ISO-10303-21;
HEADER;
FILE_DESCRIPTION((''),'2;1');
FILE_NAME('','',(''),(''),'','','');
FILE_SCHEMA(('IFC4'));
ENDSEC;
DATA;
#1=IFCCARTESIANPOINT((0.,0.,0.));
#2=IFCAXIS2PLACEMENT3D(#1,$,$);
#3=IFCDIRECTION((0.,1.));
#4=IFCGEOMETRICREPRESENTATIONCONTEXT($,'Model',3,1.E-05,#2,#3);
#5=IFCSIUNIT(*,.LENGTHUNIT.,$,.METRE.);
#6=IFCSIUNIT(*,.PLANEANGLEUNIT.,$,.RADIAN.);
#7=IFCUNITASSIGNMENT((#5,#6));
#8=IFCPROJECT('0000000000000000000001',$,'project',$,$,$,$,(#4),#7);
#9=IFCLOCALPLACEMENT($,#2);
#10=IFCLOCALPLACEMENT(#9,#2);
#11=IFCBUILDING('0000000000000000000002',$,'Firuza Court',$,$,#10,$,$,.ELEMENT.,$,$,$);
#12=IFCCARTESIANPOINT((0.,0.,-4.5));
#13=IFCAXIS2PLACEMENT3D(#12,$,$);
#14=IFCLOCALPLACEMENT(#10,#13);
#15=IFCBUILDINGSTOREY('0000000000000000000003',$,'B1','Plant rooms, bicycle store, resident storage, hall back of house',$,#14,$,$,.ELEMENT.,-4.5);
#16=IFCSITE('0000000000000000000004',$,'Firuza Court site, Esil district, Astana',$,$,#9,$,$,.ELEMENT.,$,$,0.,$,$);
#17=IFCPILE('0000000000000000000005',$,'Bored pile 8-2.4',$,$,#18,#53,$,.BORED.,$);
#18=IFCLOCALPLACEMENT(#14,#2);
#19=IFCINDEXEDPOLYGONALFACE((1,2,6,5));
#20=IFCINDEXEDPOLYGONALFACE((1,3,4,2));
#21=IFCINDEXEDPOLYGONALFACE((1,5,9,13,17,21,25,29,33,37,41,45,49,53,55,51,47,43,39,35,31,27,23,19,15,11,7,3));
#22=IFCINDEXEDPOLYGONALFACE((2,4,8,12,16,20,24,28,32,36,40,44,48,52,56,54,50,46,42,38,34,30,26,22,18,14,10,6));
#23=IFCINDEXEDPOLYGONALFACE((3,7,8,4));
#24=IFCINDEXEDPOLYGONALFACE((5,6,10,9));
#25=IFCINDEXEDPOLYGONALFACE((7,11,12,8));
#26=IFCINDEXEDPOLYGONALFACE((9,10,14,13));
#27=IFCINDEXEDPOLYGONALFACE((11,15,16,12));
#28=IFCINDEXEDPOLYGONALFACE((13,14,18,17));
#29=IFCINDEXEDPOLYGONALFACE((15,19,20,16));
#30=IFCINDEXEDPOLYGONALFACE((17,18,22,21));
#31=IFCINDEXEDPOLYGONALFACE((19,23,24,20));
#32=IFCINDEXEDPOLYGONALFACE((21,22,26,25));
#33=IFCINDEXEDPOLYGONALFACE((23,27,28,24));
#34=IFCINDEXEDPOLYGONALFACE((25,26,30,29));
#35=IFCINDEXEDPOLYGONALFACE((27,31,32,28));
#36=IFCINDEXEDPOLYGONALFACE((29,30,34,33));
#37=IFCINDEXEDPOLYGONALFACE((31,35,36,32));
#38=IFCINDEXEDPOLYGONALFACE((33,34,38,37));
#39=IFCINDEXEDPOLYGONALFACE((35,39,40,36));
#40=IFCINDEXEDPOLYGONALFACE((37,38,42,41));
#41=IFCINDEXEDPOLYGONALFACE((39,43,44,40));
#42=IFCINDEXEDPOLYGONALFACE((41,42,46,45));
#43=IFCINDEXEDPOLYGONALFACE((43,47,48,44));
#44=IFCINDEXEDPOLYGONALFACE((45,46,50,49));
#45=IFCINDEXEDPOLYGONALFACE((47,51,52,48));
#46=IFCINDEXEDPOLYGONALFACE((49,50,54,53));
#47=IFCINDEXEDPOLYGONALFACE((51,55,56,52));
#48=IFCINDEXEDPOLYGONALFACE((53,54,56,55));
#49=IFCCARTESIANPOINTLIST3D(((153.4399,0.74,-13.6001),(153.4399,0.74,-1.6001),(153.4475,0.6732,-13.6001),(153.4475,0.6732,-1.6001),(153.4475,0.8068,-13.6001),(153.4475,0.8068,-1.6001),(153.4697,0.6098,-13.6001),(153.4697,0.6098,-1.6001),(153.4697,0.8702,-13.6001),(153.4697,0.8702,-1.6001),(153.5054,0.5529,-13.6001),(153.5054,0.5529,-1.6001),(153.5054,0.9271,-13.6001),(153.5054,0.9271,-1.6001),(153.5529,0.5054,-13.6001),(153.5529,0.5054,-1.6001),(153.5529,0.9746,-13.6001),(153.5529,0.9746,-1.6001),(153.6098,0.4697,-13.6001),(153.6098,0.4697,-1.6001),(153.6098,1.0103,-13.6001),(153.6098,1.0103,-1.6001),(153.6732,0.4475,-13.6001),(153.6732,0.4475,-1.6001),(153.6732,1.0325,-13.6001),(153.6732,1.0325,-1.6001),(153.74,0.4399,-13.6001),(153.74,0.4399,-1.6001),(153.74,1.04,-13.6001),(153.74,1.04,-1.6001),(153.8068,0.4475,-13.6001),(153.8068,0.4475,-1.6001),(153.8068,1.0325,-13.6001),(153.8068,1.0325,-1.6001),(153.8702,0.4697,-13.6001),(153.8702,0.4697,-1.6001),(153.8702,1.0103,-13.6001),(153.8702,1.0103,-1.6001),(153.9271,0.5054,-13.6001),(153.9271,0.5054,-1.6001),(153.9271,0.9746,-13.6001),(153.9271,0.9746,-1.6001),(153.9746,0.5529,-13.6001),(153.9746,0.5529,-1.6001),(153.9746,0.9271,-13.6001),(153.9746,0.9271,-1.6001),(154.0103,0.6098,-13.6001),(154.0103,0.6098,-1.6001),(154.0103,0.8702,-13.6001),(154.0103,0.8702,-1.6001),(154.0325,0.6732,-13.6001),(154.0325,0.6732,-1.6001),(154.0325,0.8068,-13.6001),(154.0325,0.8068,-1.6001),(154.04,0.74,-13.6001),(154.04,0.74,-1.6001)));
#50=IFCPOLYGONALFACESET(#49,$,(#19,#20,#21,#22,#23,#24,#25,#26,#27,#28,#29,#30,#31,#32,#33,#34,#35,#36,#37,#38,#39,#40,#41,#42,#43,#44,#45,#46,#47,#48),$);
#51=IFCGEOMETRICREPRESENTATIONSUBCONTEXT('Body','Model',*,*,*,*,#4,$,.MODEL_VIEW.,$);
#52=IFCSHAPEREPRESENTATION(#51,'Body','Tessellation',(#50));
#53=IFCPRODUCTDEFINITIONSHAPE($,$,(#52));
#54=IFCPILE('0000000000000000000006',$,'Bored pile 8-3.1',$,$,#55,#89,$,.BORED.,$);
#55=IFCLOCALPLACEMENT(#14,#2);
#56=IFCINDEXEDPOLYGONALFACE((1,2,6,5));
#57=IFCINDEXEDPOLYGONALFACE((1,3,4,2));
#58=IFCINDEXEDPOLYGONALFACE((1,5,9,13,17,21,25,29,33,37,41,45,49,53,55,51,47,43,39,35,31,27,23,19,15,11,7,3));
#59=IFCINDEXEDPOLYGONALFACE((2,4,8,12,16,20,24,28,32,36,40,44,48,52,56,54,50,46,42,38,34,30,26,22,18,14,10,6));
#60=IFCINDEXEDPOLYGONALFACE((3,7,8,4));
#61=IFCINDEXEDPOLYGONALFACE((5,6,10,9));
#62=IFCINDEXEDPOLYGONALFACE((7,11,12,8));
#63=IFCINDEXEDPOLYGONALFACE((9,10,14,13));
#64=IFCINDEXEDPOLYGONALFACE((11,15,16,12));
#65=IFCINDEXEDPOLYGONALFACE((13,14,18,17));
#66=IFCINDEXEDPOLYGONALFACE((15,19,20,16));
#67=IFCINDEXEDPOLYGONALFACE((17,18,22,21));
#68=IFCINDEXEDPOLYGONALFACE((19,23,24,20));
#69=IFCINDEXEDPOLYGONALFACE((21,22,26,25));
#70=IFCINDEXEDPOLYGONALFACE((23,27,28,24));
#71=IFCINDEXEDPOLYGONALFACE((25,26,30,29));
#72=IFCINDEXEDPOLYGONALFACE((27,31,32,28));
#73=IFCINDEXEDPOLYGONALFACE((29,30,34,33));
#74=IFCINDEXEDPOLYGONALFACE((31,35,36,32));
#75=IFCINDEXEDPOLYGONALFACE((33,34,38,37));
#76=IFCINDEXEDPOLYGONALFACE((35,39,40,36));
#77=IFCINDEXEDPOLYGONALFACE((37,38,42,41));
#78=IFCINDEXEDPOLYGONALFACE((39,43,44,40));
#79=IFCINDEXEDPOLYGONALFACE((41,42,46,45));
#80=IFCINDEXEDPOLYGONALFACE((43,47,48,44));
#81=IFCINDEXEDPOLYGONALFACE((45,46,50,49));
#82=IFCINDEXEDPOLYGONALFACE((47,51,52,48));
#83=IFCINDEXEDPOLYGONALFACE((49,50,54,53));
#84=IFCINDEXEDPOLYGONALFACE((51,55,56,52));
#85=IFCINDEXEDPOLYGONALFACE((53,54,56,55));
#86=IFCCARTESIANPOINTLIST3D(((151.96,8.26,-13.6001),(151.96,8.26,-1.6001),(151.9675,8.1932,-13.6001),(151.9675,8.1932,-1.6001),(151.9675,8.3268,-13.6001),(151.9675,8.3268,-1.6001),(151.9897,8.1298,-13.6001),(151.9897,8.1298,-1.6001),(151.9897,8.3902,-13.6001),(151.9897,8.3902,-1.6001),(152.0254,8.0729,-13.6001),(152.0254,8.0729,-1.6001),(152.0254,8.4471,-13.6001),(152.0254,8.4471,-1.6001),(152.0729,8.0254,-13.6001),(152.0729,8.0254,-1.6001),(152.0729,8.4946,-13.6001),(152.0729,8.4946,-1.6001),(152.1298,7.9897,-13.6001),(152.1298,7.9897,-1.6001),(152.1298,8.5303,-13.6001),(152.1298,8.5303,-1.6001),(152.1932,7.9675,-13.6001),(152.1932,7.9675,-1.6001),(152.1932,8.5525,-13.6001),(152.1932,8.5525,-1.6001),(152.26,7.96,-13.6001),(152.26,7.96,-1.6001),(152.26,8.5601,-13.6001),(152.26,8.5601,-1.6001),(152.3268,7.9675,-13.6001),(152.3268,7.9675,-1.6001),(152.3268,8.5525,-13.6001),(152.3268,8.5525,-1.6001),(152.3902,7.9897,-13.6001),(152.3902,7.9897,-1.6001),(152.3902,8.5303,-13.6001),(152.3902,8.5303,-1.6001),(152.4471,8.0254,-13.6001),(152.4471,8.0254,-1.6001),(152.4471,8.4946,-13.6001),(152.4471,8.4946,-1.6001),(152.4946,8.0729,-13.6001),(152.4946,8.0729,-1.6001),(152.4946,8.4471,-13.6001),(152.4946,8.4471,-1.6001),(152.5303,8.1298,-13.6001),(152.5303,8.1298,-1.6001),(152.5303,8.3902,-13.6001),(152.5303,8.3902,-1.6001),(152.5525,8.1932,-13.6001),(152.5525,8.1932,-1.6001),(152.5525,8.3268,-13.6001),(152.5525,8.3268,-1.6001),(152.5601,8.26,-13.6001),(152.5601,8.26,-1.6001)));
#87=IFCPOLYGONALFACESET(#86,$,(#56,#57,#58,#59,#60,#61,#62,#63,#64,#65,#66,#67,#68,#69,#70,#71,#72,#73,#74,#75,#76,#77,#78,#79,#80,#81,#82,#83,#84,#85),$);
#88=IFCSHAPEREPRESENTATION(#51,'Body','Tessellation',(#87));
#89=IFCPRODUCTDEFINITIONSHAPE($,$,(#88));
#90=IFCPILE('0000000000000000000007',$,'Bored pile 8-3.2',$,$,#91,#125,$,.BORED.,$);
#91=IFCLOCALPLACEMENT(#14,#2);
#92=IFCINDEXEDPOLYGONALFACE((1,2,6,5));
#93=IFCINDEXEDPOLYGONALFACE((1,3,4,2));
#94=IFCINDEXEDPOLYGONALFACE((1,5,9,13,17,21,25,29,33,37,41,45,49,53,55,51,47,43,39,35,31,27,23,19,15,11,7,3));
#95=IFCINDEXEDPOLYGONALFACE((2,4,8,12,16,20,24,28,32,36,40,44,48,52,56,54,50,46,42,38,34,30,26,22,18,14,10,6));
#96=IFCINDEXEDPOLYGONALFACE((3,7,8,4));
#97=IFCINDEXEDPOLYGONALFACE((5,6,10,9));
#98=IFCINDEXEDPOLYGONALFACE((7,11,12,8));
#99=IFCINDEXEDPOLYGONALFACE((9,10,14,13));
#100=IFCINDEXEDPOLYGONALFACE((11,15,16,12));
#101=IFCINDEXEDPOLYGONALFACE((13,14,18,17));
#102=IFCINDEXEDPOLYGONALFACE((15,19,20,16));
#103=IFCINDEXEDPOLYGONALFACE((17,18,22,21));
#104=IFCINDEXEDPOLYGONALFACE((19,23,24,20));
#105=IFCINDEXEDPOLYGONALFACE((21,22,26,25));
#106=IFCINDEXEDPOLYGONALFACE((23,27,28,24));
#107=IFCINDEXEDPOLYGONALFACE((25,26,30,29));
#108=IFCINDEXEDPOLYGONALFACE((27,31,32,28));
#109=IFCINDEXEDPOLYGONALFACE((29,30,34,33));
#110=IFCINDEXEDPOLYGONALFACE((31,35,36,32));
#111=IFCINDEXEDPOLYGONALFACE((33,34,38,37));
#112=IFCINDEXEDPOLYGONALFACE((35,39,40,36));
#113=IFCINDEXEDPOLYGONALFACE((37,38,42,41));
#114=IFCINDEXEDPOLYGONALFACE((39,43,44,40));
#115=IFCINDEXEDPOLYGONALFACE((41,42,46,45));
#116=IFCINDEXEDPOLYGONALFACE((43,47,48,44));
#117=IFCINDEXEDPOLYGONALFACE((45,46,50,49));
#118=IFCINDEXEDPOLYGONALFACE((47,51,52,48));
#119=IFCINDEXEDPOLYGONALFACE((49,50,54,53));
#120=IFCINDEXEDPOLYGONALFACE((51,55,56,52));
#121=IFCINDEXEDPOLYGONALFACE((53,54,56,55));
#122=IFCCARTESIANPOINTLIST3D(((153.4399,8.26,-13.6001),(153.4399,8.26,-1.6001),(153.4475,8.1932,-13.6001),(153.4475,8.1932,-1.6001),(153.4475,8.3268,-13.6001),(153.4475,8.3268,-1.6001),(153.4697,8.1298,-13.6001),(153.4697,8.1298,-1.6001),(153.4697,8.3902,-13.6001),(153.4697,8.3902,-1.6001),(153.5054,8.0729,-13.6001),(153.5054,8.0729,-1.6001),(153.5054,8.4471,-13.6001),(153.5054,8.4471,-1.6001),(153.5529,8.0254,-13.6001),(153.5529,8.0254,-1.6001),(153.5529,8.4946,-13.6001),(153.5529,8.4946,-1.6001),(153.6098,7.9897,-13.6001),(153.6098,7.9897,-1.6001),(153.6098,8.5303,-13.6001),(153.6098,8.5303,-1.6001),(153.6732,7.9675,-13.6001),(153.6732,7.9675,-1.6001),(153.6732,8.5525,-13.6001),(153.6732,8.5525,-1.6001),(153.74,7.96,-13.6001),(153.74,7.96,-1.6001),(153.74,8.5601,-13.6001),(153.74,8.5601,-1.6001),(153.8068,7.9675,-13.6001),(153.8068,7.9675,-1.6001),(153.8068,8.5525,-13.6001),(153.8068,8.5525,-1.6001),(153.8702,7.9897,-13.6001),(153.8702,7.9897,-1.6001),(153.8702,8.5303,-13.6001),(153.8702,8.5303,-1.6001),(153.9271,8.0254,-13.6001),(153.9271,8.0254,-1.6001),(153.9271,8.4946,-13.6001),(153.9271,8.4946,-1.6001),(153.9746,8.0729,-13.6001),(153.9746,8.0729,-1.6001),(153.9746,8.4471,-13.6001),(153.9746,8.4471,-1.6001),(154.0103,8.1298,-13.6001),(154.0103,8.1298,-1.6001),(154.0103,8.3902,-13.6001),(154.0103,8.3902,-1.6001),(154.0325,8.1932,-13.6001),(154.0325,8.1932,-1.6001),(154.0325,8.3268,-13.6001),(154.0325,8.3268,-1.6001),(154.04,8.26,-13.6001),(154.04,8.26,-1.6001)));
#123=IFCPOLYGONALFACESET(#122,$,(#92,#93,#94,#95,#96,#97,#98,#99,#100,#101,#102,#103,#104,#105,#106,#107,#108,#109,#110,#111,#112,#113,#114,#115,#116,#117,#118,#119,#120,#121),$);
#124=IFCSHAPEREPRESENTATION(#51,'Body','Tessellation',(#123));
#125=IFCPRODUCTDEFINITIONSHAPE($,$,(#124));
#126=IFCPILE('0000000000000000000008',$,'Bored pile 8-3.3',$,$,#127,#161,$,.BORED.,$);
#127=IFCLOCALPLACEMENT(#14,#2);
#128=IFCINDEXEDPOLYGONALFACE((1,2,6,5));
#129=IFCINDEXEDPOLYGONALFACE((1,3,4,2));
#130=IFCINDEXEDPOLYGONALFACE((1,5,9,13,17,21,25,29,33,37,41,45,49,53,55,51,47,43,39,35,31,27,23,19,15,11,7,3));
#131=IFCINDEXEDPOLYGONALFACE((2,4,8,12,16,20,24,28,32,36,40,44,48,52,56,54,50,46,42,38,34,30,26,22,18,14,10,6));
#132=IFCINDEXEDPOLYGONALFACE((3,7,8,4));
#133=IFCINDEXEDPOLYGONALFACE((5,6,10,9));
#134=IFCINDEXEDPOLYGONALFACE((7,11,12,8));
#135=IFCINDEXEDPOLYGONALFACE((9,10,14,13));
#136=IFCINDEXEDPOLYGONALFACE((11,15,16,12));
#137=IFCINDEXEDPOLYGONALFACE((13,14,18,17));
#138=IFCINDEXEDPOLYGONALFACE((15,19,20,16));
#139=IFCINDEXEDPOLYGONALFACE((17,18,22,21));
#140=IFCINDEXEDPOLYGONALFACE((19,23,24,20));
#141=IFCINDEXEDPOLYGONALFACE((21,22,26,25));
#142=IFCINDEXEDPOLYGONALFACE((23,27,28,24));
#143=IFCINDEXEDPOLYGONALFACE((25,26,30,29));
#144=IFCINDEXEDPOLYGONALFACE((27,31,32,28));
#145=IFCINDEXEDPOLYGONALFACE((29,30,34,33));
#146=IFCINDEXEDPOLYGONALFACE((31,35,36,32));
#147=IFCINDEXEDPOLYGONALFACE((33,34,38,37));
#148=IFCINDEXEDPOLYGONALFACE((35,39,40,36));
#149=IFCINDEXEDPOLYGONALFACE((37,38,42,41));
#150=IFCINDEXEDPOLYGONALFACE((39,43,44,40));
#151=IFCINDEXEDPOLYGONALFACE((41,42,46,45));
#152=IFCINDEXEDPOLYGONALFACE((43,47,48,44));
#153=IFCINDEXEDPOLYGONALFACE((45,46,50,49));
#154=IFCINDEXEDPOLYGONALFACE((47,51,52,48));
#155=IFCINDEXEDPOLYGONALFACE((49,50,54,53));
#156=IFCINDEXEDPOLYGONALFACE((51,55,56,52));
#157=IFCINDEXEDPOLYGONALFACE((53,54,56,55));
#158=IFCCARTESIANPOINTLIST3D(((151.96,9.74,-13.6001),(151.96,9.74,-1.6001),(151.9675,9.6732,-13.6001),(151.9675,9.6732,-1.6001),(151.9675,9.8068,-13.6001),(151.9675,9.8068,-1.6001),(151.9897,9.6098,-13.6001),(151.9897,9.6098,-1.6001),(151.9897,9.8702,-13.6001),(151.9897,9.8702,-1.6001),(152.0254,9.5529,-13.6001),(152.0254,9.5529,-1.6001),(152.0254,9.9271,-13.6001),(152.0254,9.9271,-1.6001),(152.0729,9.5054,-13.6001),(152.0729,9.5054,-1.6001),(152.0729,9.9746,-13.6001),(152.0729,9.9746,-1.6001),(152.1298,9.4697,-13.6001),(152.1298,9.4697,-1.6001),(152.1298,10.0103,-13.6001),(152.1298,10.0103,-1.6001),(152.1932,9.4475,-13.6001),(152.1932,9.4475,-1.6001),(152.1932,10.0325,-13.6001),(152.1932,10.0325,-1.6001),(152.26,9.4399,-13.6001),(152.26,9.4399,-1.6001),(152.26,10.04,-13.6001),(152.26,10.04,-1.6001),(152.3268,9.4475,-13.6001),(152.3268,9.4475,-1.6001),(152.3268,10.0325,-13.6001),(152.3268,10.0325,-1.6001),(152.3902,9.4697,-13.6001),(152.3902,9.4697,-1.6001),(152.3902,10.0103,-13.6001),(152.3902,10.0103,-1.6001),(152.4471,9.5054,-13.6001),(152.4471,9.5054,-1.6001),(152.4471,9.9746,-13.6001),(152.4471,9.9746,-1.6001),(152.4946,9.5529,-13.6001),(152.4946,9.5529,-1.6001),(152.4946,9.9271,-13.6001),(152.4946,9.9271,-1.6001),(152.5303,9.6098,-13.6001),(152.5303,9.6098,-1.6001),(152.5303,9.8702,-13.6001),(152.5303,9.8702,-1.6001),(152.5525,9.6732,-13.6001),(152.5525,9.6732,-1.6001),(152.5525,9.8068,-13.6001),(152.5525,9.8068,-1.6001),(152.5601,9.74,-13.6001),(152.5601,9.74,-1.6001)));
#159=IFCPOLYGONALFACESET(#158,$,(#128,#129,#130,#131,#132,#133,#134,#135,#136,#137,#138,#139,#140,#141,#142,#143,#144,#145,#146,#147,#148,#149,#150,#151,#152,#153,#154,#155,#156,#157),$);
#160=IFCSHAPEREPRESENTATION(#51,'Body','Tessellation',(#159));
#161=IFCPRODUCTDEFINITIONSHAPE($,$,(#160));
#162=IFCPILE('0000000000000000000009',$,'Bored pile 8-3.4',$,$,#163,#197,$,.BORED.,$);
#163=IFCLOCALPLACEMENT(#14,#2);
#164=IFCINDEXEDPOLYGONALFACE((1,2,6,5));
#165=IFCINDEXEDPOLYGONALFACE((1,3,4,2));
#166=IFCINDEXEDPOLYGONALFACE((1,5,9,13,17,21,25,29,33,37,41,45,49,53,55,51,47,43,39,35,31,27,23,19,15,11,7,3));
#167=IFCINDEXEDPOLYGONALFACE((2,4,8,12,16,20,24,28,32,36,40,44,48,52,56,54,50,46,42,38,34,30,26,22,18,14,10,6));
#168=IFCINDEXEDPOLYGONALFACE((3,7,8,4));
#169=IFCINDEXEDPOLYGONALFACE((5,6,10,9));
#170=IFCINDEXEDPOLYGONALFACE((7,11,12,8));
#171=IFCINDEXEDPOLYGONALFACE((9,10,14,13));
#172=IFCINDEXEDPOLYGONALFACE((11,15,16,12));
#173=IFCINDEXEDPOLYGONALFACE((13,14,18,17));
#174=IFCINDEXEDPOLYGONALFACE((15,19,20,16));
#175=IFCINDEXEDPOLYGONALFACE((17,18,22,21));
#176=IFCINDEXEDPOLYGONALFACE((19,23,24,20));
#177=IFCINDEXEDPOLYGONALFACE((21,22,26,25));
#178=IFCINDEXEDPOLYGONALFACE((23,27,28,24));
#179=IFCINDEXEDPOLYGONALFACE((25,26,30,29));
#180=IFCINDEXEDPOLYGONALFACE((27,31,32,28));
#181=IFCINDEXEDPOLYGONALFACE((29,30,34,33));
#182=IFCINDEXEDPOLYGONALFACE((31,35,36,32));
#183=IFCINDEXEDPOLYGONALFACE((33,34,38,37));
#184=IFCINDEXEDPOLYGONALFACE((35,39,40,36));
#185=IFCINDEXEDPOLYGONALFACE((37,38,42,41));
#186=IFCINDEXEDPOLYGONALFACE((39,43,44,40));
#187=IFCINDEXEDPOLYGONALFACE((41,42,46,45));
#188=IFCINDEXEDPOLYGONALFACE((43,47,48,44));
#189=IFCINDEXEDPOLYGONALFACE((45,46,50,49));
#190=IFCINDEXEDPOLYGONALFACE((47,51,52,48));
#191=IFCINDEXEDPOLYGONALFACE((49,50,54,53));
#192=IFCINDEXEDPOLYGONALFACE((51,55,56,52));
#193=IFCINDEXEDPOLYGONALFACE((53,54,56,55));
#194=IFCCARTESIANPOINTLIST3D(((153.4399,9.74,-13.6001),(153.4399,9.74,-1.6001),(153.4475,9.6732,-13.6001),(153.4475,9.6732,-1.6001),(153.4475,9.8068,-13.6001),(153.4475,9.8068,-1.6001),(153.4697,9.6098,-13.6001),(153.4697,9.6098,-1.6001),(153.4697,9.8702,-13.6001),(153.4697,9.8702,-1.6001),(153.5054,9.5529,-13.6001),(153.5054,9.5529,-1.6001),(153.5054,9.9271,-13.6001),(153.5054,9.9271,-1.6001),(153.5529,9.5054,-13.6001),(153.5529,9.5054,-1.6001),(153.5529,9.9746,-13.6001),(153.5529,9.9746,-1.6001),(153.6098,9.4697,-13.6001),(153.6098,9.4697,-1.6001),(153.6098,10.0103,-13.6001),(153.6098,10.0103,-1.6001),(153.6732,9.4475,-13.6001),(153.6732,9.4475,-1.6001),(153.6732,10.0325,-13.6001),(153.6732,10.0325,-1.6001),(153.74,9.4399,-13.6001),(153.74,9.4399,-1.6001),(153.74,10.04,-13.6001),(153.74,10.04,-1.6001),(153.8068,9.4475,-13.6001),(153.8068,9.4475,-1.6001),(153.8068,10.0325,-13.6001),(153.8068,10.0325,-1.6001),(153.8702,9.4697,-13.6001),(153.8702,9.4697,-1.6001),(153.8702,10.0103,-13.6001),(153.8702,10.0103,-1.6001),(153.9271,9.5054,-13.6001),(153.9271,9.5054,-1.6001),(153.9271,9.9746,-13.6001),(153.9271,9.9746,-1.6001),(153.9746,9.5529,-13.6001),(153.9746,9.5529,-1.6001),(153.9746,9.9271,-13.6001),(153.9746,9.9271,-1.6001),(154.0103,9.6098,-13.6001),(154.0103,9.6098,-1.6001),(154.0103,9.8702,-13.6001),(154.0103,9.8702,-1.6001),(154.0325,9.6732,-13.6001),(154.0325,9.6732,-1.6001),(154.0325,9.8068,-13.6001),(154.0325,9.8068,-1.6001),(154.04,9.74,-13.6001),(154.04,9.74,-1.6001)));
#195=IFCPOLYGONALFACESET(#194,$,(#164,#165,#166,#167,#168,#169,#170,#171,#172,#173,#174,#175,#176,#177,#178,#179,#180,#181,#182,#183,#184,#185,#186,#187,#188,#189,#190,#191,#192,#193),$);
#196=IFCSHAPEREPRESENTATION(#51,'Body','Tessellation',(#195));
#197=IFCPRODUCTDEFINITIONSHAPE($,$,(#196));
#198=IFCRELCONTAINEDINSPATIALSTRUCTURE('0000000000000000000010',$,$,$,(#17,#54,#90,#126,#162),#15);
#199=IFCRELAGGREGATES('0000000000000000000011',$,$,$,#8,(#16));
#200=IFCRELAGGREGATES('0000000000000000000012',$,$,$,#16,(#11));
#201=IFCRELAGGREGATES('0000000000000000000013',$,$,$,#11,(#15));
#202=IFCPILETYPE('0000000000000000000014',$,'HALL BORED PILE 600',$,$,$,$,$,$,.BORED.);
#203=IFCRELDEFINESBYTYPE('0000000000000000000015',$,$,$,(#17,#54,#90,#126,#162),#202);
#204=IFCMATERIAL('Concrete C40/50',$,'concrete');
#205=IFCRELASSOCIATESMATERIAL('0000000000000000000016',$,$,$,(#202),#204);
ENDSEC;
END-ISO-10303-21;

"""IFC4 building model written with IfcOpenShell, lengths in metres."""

from ifc_helpers import new_model, si_unit, direction, frame, origin, origin_2d, place, context, subcontext, project, spatial, circle, extrude, material, material_profile, profile_set, type_object, element, save


model = new_model("IFC4")

# Units and contexts
model_context = context("Model", 3, precision=1e-05, world=origin(), true_north=direction((0.0, 1.0)))
body_context = subcontext(model_context, "Body", "Model", "MODEL_VIEW")
ifc_project = project(units=[si_unit("LENGTHUNIT", "METRE"), si_unit("PLANEANGLEUNIT", "RADIAN")], contexts=[model_context])

# Site, building, storey
site_placement = place(None, origin())
site = spatial("IfcSite", under=ifc_project, at=site_placement, Name="Firuza Court site, Esil district, Astana", CompositionType="ELEMENT", RefElevation=0.0)
building_placement = place(site_placement, origin())
building = spatial("IfcBuilding", under=site, at=building_placement, Name="Firuza Court", CompositionType="ELEMENT")
storey_placement = place(building_placement, frame((0.0, 0.0, -4.5)))
storey = spatial("IfcBuildingStorey", under=building, at=storey_placement, Name="B1", Description="Plant rooms, bicycle store, resident storage, hall back of house", CompositionType="ELEMENT", Elevation=-4.5)

# Piles
ifc_material_1 = material(Name="Concrete C40/50", Category="concrete")
ifc_material_profile_1 = material_profile(ifc_material_1, circle(Radius=0.3, at=origin_2d()), Name="PILE 600")
ifc_profile_set_1 = profile_set([ifc_material_profile_1], Name="Concrete C40/50")
pile_type = type_object("IfcPileType", Name="HALL BORED PILE 600", PredefinedType="BORED", material=ifc_profile_set_1)
for number, where, z_axis, x_axis, name in (
    (1, (153.74, 0.74, -1.6001), (0.0, 0.0, -1.0), (1.0, 0.0, 0.0), "Bored pile 8-2.4"),
    (2, (152.26, 8.26, -1.6001), (0.0, 0.0, -1.0), (1.0, 0.0, 0.0), "Bored pile 8-3.1"),
    (3, (153.74, 8.26, -1.6001), (0.0, 0.0, -1.0), (1.0, 0.0, 0.0), "Bored pile 8-3.2"),
    (4, (152.26, 9.74, -1.6001), (0.0, 0.0, -1.0), (1.0, 0.0, 0.0), "Bored pile 8-3.3"),
    (5, (153.74, 9.74, -1.6001), (0.0, 0.0, -1.0), (1.0, 0.0, 0.0), "Bored pile 8-3.4"),
):
    element("IfcPile", number, at=place(storey_placement, frame(where, z_axis=z_axis, x_axis=x_axis)), inside=storey, type_object=pile_type, Name=name, PredefinedType="BORED", context=body_context, shape_type="SweptSolid", body=[
        extrude(circle(Radius=0.3, at=origin_2d()), origin(), (0.0, 0.0, 1.0), 12.0),
    ])

save(model, "model.ifc")
